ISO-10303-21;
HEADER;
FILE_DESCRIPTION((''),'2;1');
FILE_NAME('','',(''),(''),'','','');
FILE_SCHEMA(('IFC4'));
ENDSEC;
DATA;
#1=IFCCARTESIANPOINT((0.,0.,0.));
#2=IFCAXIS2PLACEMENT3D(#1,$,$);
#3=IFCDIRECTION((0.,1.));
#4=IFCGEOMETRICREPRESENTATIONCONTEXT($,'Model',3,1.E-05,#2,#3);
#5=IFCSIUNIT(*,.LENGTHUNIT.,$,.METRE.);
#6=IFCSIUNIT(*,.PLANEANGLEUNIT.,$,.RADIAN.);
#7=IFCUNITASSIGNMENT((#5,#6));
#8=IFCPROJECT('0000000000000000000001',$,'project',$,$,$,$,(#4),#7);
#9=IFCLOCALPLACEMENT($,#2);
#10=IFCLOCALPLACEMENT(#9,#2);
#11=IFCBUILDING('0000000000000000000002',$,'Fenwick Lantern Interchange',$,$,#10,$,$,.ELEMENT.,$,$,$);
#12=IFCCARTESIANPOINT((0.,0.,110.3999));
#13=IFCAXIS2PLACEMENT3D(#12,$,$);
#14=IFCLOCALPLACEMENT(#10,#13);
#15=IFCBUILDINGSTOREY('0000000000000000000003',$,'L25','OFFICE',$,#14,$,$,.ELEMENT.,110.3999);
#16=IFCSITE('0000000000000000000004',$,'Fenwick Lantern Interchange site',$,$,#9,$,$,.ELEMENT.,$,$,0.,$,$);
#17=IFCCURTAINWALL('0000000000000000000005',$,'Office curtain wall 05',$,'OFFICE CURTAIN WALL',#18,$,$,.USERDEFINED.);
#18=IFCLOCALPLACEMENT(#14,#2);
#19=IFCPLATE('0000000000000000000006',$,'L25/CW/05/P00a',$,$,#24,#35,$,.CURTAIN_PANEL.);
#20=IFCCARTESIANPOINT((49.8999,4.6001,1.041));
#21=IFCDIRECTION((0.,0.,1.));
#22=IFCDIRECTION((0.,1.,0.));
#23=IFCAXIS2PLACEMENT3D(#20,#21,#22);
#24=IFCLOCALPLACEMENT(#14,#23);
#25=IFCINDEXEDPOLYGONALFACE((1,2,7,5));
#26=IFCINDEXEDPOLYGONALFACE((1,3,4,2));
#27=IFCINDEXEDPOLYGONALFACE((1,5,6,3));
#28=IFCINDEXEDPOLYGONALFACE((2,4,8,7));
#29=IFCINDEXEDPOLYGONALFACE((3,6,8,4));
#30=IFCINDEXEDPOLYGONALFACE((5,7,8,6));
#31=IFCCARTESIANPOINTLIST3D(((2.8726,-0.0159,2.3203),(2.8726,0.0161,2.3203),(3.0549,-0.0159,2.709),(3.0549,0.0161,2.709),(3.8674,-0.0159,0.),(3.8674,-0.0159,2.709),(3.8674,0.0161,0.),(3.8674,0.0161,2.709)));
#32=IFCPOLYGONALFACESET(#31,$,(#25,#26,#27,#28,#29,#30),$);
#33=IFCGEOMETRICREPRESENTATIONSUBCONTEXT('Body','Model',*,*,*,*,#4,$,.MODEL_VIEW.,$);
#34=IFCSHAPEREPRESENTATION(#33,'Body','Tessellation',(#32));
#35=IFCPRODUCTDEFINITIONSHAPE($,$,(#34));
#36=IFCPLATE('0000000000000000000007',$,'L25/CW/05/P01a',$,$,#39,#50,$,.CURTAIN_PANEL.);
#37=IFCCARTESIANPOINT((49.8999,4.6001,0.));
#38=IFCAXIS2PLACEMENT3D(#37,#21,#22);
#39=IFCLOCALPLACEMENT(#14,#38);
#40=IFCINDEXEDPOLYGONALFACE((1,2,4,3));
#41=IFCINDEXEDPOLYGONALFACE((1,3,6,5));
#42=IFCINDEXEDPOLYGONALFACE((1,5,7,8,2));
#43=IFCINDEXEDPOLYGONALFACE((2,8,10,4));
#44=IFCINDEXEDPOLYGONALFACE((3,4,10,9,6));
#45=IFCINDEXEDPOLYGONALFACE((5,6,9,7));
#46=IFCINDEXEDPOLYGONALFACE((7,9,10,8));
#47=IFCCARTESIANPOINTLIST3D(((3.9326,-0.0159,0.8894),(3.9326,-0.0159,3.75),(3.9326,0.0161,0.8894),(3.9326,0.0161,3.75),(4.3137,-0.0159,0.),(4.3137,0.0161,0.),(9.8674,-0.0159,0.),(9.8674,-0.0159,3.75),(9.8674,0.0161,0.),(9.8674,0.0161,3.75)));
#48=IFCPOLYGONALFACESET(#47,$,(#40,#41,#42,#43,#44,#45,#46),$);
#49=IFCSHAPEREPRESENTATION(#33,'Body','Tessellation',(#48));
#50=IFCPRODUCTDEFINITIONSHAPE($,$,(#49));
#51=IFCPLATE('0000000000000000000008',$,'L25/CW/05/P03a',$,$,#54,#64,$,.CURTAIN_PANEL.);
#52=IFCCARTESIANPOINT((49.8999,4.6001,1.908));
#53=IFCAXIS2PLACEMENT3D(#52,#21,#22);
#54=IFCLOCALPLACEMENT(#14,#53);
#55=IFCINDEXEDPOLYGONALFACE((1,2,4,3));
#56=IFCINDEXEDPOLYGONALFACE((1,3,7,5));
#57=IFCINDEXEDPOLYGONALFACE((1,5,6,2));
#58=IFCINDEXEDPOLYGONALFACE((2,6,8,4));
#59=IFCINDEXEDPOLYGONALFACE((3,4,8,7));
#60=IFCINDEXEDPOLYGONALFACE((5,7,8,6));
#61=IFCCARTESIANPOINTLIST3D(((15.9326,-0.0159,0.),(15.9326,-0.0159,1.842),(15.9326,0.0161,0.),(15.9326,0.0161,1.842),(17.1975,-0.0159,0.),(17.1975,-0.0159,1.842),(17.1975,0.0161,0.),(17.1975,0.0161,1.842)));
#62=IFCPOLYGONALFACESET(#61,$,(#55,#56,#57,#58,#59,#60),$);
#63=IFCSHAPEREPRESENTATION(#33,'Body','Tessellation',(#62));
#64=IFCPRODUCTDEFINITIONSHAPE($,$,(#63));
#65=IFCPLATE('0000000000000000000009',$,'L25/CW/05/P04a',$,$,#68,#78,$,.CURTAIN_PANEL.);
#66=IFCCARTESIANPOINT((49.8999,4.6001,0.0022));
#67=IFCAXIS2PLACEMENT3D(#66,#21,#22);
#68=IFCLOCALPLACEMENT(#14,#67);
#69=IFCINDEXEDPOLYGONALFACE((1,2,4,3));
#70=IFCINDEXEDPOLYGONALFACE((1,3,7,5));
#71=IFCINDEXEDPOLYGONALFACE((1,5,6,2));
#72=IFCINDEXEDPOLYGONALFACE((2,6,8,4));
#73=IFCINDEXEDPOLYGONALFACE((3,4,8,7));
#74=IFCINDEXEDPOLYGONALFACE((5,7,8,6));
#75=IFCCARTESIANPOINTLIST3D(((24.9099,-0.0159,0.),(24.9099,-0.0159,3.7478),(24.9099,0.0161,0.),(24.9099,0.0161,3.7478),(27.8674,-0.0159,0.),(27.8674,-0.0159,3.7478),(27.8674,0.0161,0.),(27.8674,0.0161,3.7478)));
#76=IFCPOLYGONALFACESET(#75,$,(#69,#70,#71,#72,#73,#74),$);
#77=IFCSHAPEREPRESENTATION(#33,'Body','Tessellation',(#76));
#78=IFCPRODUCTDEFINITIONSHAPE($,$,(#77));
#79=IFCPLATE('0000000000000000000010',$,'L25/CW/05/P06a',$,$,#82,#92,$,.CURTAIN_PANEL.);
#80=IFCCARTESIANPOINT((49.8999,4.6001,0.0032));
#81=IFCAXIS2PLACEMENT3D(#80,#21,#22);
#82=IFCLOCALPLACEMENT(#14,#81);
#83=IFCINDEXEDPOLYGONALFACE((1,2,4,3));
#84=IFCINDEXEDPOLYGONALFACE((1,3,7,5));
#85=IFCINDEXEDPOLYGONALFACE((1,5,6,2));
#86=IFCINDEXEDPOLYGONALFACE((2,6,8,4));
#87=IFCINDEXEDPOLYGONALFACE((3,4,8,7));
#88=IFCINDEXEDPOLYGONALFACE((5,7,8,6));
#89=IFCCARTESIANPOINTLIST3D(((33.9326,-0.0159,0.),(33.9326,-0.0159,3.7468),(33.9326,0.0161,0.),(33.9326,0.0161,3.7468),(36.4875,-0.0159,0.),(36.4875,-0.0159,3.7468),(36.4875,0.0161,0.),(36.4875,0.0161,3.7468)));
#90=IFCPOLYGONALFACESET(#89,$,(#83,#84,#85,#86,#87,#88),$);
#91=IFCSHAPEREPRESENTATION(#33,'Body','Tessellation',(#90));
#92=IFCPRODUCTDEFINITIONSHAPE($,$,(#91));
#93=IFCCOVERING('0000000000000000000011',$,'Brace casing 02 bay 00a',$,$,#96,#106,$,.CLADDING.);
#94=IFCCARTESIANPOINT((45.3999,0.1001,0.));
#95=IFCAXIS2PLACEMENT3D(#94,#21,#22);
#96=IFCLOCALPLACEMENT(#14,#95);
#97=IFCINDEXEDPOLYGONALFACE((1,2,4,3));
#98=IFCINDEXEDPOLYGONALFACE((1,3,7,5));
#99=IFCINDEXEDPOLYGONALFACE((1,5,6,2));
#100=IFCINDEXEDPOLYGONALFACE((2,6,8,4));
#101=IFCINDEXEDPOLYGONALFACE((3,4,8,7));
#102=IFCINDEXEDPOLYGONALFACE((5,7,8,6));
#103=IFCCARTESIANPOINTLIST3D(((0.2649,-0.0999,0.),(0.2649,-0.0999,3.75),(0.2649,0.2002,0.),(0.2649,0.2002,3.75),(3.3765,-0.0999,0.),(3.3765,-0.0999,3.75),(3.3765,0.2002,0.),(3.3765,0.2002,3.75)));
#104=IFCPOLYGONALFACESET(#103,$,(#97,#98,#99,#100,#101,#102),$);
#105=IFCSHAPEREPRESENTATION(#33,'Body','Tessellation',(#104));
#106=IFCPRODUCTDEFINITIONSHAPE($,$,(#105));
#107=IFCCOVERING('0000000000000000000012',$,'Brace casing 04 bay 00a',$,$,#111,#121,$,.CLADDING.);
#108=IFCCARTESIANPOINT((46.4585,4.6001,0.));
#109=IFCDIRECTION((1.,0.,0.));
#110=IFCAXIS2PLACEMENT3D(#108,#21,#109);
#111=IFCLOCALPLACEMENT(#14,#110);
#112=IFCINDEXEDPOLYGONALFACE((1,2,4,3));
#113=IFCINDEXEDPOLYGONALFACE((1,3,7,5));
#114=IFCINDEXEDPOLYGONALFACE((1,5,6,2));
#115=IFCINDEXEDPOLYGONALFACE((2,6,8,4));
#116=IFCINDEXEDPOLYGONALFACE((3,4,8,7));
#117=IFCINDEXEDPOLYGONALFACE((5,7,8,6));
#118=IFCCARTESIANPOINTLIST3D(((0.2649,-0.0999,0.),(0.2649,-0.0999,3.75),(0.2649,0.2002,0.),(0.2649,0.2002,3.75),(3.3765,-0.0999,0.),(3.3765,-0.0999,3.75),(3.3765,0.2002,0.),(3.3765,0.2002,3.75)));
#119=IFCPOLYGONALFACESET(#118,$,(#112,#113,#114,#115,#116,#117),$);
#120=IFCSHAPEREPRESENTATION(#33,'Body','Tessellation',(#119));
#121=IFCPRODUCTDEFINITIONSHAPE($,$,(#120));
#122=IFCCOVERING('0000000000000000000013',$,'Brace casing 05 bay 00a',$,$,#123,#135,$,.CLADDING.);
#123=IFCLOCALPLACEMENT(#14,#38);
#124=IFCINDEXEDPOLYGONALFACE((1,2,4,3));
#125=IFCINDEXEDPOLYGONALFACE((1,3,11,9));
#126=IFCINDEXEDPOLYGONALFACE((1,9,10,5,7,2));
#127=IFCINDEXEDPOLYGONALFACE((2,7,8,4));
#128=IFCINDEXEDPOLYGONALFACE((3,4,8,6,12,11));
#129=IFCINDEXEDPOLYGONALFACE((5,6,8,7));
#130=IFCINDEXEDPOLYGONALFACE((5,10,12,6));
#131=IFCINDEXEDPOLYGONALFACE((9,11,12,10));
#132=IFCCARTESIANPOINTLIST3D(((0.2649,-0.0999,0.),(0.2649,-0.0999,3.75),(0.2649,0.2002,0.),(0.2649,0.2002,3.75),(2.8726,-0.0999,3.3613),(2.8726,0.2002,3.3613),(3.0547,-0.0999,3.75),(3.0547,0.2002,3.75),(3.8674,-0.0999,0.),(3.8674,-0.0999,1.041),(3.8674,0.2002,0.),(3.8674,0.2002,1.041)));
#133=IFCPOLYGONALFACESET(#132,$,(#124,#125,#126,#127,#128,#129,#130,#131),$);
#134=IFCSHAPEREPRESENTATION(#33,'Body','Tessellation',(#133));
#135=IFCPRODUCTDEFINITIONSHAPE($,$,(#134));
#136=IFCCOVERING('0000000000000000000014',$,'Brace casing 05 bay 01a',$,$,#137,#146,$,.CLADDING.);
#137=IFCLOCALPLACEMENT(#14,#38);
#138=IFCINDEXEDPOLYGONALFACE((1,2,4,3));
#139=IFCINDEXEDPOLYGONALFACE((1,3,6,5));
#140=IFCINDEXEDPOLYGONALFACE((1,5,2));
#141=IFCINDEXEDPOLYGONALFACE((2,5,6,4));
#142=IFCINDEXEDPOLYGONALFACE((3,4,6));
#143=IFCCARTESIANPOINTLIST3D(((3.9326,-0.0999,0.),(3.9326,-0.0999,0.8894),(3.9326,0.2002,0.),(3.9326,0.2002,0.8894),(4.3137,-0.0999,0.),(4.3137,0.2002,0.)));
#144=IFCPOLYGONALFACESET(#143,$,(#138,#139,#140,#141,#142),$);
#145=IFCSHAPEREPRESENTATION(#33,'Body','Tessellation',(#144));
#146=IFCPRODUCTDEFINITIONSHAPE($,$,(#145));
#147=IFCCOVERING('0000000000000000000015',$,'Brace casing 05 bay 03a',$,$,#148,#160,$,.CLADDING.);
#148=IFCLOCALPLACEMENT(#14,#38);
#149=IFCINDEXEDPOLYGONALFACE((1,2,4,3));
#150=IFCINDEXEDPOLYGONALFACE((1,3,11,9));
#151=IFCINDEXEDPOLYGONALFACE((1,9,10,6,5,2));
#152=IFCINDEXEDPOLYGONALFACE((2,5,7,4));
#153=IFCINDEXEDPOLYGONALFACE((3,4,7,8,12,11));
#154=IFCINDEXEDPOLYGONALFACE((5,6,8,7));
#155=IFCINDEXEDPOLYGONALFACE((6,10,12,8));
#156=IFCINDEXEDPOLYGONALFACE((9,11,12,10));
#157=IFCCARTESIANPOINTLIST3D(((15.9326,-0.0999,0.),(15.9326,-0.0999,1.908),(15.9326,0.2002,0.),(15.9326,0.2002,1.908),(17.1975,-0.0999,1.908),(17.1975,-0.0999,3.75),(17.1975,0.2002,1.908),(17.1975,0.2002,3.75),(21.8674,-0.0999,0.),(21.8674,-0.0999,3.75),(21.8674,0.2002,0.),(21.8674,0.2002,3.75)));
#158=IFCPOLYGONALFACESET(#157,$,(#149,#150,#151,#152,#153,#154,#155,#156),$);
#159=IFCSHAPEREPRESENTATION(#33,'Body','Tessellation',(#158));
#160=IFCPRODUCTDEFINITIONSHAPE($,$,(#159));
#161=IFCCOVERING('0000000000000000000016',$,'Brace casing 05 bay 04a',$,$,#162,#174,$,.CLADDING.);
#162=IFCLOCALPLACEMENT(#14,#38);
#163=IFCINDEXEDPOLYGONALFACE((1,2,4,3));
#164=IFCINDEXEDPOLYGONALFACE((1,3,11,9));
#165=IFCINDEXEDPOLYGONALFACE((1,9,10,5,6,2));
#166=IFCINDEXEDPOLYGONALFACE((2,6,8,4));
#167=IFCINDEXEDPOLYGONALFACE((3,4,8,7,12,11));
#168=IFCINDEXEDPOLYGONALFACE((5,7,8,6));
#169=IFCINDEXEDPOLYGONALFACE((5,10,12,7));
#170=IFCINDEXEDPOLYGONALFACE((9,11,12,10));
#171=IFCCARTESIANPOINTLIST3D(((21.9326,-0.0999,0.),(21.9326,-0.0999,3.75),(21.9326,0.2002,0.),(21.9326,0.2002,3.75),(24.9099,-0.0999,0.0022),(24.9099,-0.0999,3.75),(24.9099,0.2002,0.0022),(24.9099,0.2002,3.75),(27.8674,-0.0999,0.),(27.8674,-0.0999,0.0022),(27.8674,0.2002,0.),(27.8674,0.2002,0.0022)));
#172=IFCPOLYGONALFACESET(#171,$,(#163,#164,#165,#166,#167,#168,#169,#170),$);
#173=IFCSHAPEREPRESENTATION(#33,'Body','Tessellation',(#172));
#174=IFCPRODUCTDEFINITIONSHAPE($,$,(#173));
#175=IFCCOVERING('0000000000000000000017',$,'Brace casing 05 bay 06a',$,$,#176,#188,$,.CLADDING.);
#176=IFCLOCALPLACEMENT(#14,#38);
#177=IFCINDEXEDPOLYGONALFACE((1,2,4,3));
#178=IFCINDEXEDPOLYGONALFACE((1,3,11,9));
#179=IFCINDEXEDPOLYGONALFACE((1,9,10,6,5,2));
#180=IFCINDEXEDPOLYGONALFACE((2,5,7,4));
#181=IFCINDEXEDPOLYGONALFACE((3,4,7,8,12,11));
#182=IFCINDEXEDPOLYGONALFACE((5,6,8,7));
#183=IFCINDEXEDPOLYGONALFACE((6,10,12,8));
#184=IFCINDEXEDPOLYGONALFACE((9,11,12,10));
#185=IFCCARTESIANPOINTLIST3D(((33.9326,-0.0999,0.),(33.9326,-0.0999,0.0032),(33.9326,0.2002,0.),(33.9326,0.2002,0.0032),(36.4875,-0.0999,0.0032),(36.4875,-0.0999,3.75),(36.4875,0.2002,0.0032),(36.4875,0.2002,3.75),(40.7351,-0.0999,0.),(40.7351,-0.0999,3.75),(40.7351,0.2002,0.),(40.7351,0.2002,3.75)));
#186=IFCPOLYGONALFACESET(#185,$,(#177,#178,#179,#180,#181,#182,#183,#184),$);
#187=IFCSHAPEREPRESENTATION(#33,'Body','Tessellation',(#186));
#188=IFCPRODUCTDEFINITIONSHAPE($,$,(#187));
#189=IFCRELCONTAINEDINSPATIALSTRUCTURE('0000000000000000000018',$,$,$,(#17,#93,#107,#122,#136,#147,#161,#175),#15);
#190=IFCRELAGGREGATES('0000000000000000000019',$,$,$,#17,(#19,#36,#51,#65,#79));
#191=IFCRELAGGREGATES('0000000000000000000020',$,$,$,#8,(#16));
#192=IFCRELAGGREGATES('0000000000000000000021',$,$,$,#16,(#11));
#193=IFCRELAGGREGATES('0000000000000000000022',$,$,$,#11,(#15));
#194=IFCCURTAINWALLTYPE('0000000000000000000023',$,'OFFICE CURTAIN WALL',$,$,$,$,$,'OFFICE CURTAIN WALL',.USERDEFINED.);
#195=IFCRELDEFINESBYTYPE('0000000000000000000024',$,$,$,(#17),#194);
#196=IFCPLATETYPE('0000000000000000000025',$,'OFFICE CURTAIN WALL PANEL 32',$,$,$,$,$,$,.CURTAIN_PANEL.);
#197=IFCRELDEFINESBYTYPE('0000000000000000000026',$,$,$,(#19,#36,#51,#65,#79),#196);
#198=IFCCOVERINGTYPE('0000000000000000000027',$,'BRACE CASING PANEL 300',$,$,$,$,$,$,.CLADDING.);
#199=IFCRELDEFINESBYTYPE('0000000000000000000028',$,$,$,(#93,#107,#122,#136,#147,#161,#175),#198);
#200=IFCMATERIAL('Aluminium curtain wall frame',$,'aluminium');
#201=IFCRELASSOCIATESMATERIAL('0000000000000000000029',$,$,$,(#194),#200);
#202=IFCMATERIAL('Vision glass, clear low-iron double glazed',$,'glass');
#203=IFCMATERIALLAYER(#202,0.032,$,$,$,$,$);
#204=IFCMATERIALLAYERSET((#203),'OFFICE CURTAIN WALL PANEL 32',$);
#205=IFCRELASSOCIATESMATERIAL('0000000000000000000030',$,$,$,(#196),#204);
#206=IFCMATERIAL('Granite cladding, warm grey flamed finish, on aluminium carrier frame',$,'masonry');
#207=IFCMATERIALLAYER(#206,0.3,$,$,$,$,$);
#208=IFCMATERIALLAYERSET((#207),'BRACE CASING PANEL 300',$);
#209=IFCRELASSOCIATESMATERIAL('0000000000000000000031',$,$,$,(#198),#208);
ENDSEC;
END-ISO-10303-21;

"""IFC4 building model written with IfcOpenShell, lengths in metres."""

from ifc_helpers import new_model, si_unit, direction, frame, origin, place, context, subcontext, project, spatial, polyline, outline, extrude, material, layer, layer_set, type_object, element, aggregate, save


model = new_model("IFC4")

# Units and contexts
model_context = context("Model", 3, precision=1e-05, world=origin(), true_north=direction((0.0, 1.0)))
body_context = subcontext(model_context, "Body", "Model", "MODEL_VIEW")
ifc_project = project(units=[si_unit("LENGTHUNIT", "METRE"), si_unit("PLANEANGLEUNIT", "RADIAN")], contexts=[model_context])

# Site, building, storey
site_placement = place(None, origin())
site = spatial("IfcSite", under=ifc_project, at=site_placement, Name="Fenwick Lantern Interchange site", CompositionType="ELEMENT", RefElevation=0.0)
building_placement = place(site_placement, origin())
building = spatial("IfcBuilding", under=site, at=building_placement, Name="Fenwick Lantern Interchange", CompositionType="ELEMENT")
storey_placement = place(building_placement, frame((0.0, 0.0, 110.3999)))
storey = spatial("IfcBuildingStorey", under=building, at=storey_placement, Name="L25", Description="OFFICE", CompositionType="ELEMENT", Elevation=110.3999)

# Shared definitions
ifc_material_1 = material(Name="Aluminium curtain wall frame", Category="aluminium")
curtain_wall_type = type_object("IfcCurtainWallType", Name="OFFICE CURTAIN WALL", ElementType="OFFICE CURTAIN WALL", PredefinedType="USERDEFINED", material=ifc_material_1)

# Curtain wall
curtain_wall_1_placement = place(storey_placement, origin())
curtain_wall_1 = element("IfcCurtainWall", 1, at=curtain_wall_1_placement, inside=storey, type_object=curtain_wall_type, Name="Office curtain wall 05", ObjectType="OFFICE CURTAIN WALL", PredefinedType="USERDEFINED")

# Plates
ifc_material_2 = material(Name="Vision glass, clear low-iron double glazed", Category="glass")
ifc_layer_1 = layer(ifc_material_2, 0.032)
ifc_layer_set_1 = layer_set([ifc_layer_1], Name="OFFICE CURTAIN WALL PANEL 32")
plate_type = type_object("IfcPlateType", Name="OFFICE CURTAIN WALL PANEL 32", PredefinedType="CURTAIN_PANEL", material=ifc_layer_set_1)
plate_1_placement = place(storey_placement, frame((49.8999, 4.6001, 1.041), z_axis=(0.0, 0.0, 1.0), x_axis=(0.0, 1.0, 0.0)))
plate_1 = element("IfcPlate", 2, at=plate_1_placement, type_object=plate_type, Name="L25/CW/05/P00a", PredefinedType="CURTAIN_PANEL", context=body_context, shape_type="SweptSolid", body=[
    extrude(outline(polyline([(3.8674, 0.0), (3.8674, 2.709), (3.0549, 2.709), (2.8726, 2.3203), (3.8674, 0.0)])), frame((0.0, 0.0161, 0.0), z_axis=(0.0, -1.0, 0.0), x_axis=(1.0, 0.0, 0.0)), (0.0, 0.0, 1.0), 0.032),
])
plate_2_placement = place(storey_placement, frame((49.8999, 4.6001, 0.0), z_axis=(0.0, 0.0, 1.0), x_axis=(0.0, 1.0, 0.0)))
plate_2 = element("IfcPlate", 3, at=plate_2_placement, type_object=plate_type, Name="L25/CW/05/P01a", PredefinedType="CURTAIN_PANEL", context=body_context, shape_type="SweptSolid", body=[
    extrude(outline(polyline([(4.3137, 0.0), (9.8674, 0.0), (9.8674, 3.75), (3.9326, 3.75), (3.9326, 0.8894), (4.3137, 0.0)])), frame((0.0, 0.0161, 0.0), z_axis=(0.0, -1.0, 0.0), x_axis=(1.0, 0.0, 0.0)), (0.0, 0.0, 1.0), 0.032),
])
plate_3_placement = place(storey_placement, frame((49.8999, 4.6001, 1.908), z_axis=(0.0, 0.0, 1.0), x_axis=(0.0, 1.0, 0.0)))
plate_3 = element("IfcPlate", 4, at=plate_3_placement, type_object=plate_type, Name="L25/CW/05/P03a", PredefinedType="CURTAIN_PANEL", context=body_context, shape_type="SweptSolid", body=[
    extrude(outline(polyline([(15.9326, 0.0), (17.1975, 0.0), (17.1975, 1.842), (15.9326, 1.842), (15.9326, 0.0)])), frame((0.0, 0.0161, 0.0), z_axis=(0.0, -1.0, 0.0), x_axis=(1.0, 0.0, 0.0)), (0.0, 0.0, 1.0), 0.032),
])
plate_4_placement = place(storey_placement, frame((49.8999, 4.6001, 0.0022), z_axis=(0.0, 0.0, 1.0), x_axis=(0.0, 1.0, 0.0)))
plate_4 = element("IfcPlate", 5, at=plate_4_placement, type_object=plate_type, Name="L25/CW/05/P04a", PredefinedType="CURTAIN_PANEL", context=body_context, shape_type="SweptSolid", body=[
    extrude(outline(polyline([(24.9099, 0.0), (27.8674, 0.0), (27.8674, 3.7478), (24.9099, 3.7478), (24.9099, 0.0)])), frame((0.0, 0.0161, 0.0), z_axis=(0.0, -1.0, 0.0), x_axis=(1.0, 0.0, 0.0)), (0.0, 0.0, 1.0), 0.032),
])
plate_5_placement = place(storey_placement, frame((49.8999, 4.6001, 0.0032), z_axis=(0.0, 0.0, 1.0), x_axis=(0.0, 1.0, 0.0)))
plate_5 = element("IfcPlate", 6, at=plate_5_placement, type_object=plate_type, Name="L25/CW/05/P06a", PredefinedType="CURTAIN_PANEL", context=body_context, shape_type="SweptSolid", body=[
    extrude(outline(polyline([(33.9326, 0.0), (36.4875, 0.0), (36.4875, 3.7468), (33.9326, 3.7468), (33.9326, 0.0)])), frame((0.0, 0.0161, 0.0), z_axis=(0.0, -1.0, 0.0), x_axis=(1.0, 0.0, 0.0)), (0.0, 0.0, 1.0), 0.032),
])
aggregate(curtain_wall_1, [plate_1, plate_2, plate_3, plate_4, plate_5])

# Coverings
ifc_material_3 = material(Name="Granite cladding, warm grey flamed finish, on aluminium carrier frame", Category="masonry")
ifc_layer_2 = layer(ifc_material_3, 0.3)
ifc_layer_set_2 = layer_set([ifc_layer_2], Name="BRACE CASING PANEL 300")
covering_type = type_object("IfcCoveringType", Name="BRACE CASING PANEL 300", PredefinedType="CLADDING", material=ifc_layer_set_2)
for number, where, z_axis, x_axis, name in (
    (7, (45.3999, 0.1001, 0.0), (0.0, 0.0, 1.0), (0.0, 1.0, 0.0), "Brace casing 02 bay 00a"),
    (8, (46.4585, 4.6001, 0.0), (0.0, 0.0, 1.0), (1.0, 0.0, 0.0), "Brace casing 04 bay 00a"),
):
    element("IfcCovering", number, at=place(storey_placement, frame(where, z_axis=z_axis, x_axis=x_axis)), inside=storey, type_object=covering_type, Name=name, PredefinedType="CLADDING", context=body_context, shape_type="SweptSolid", body=[
        extrude(outline(polyline([(0.2649, 0.0), (3.3765, 0.0), (3.3765, 3.75), (0.2649, 3.75), (0.2649, 0.0)])), frame((0.0, 0.2002, 0.0), z_axis=(0.0, -1.0, 0.0), x_axis=(1.0, 0.0, 0.0)), (0.0, 0.0, 1.0), 0.3),
    ])
covering_1_placement = place(storey_placement, frame((49.8999, 4.6001, 0.0), z_axis=(0.0, 0.0, 1.0), x_axis=(0.0, 1.0, 0.0)))
element("IfcCovering", 9, at=covering_1_placement, inside=storey, type_object=covering_type, Name="Brace casing 05 bay 00a", PredefinedType="CLADDING", context=body_context, shape_type="SweptSolid", body=[
    extrude(outline(polyline([(0.2649, 0.0), (3.8674, 0.0), (3.8674, 1.041), (2.8726, 3.3613), (3.0547, 3.75), (0.2649, 3.75), (0.2649, 0.0)])), frame((0.0, 0.2002, 0.0), z_axis=(0.0, -1.0, 0.0), x_axis=(1.0, 0.0, 0.0)), (0.0, 0.0, 1.0), 0.3),
])
covering_2_placement = place(storey_placement, frame((49.8999, 4.6001, 0.0), z_axis=(0.0, 0.0, 1.0), x_axis=(0.0, 1.0, 0.0)))
element("IfcCovering", 10, at=covering_2_placement, inside=storey, type_object=covering_type, Name="Brace casing 05 bay 01a", PredefinedType="CLADDING", context=body_context, shape_type="SweptSolid", body=[
    extrude(outline(polyline([(3.9326, 0.0), (4.3137, 0.0), (3.9326, 0.8894), (3.9326, 0.0)])), frame((0.0, 0.2002, 0.0), z_axis=(0.0, -1.0, 0.0), x_axis=(1.0, 0.0, 0.0)), (0.0, 0.0, 1.0), 0.3),
])
covering_3_placement = place(storey_placement, frame((49.8999, 4.6001, 0.0), z_axis=(0.0, 0.0, 1.0), x_axis=(0.0, 1.0, 0.0)))
element("IfcCovering", 11, at=covering_3_placement, inside=storey, type_object=covering_type, Name="Brace casing 05 bay 03a", PredefinedType="CLADDING", context=body_context, shape_type="SweptSolid", body=[
    extrude(outline(polyline([(15.9326, 0.0), (21.8674, 0.0), (21.8674, 3.75), (17.1975, 3.75), (17.1975, 1.908), (15.9326, 1.908), (15.9326, 0.0)])), frame((0.0, 0.2002, 0.0), z_axis=(0.0, -1.0, 0.0), x_axis=(1.0, 0.0, 0.0)), (0.0, 0.0, 1.0), 0.3),
])
covering_4_placement = place(storey_placement, frame((49.8999, 4.6001, 0.0), z_axis=(0.0, 0.0, 1.0), x_axis=(0.0, 1.0, 0.0)))
element("IfcCovering", 12, at=covering_4_placement, inside=storey, type_object=covering_type, Name="Brace casing 05 bay 04a", PredefinedType="CLADDING", context=body_context, shape_type="SweptSolid", body=[
    extrude(outline(polyline([(21.9326, 0.0), (27.8674, 0.0), (27.8674, 0.0022), (24.9099, 0.0022), (24.9099, 3.75), (21.9326, 3.75), (21.9326, 0.0)])), frame((0.0, 0.2002, 0.0), z_axis=(0.0, -1.0, 0.0), x_axis=(1.0, 0.0, 0.0)), (0.0, 0.0, 1.0), 0.3),
])
covering_5_placement = place(storey_placement, frame((49.8999, 4.6001, 0.0), z_axis=(0.0, 0.0, 1.0), x_axis=(0.0, 1.0, 0.0)))
element("IfcCovering", 13, at=covering_5_placement, inside=storey, type_object=covering_type, Name="Brace casing 05 bay 06a", PredefinedType="CLADDING", context=body_context, shape_type="SweptSolid", body=[
    extrude(outline(polyline([(33.9326, 0.0), (40.7351, 0.0), (40.7351, 3.75), (36.4875, 3.75), (36.4875, 0.0032), (33.9326, 0.0032), (33.9326, 0.0)])), frame((0.0, 0.2002, 0.0), z_axis=(0.0, -1.0, 0.0), x_axis=(1.0, 0.0, 0.0)), (0.0, 0.0, 1.0), 0.3),
])

save(model, "model.ifc")
